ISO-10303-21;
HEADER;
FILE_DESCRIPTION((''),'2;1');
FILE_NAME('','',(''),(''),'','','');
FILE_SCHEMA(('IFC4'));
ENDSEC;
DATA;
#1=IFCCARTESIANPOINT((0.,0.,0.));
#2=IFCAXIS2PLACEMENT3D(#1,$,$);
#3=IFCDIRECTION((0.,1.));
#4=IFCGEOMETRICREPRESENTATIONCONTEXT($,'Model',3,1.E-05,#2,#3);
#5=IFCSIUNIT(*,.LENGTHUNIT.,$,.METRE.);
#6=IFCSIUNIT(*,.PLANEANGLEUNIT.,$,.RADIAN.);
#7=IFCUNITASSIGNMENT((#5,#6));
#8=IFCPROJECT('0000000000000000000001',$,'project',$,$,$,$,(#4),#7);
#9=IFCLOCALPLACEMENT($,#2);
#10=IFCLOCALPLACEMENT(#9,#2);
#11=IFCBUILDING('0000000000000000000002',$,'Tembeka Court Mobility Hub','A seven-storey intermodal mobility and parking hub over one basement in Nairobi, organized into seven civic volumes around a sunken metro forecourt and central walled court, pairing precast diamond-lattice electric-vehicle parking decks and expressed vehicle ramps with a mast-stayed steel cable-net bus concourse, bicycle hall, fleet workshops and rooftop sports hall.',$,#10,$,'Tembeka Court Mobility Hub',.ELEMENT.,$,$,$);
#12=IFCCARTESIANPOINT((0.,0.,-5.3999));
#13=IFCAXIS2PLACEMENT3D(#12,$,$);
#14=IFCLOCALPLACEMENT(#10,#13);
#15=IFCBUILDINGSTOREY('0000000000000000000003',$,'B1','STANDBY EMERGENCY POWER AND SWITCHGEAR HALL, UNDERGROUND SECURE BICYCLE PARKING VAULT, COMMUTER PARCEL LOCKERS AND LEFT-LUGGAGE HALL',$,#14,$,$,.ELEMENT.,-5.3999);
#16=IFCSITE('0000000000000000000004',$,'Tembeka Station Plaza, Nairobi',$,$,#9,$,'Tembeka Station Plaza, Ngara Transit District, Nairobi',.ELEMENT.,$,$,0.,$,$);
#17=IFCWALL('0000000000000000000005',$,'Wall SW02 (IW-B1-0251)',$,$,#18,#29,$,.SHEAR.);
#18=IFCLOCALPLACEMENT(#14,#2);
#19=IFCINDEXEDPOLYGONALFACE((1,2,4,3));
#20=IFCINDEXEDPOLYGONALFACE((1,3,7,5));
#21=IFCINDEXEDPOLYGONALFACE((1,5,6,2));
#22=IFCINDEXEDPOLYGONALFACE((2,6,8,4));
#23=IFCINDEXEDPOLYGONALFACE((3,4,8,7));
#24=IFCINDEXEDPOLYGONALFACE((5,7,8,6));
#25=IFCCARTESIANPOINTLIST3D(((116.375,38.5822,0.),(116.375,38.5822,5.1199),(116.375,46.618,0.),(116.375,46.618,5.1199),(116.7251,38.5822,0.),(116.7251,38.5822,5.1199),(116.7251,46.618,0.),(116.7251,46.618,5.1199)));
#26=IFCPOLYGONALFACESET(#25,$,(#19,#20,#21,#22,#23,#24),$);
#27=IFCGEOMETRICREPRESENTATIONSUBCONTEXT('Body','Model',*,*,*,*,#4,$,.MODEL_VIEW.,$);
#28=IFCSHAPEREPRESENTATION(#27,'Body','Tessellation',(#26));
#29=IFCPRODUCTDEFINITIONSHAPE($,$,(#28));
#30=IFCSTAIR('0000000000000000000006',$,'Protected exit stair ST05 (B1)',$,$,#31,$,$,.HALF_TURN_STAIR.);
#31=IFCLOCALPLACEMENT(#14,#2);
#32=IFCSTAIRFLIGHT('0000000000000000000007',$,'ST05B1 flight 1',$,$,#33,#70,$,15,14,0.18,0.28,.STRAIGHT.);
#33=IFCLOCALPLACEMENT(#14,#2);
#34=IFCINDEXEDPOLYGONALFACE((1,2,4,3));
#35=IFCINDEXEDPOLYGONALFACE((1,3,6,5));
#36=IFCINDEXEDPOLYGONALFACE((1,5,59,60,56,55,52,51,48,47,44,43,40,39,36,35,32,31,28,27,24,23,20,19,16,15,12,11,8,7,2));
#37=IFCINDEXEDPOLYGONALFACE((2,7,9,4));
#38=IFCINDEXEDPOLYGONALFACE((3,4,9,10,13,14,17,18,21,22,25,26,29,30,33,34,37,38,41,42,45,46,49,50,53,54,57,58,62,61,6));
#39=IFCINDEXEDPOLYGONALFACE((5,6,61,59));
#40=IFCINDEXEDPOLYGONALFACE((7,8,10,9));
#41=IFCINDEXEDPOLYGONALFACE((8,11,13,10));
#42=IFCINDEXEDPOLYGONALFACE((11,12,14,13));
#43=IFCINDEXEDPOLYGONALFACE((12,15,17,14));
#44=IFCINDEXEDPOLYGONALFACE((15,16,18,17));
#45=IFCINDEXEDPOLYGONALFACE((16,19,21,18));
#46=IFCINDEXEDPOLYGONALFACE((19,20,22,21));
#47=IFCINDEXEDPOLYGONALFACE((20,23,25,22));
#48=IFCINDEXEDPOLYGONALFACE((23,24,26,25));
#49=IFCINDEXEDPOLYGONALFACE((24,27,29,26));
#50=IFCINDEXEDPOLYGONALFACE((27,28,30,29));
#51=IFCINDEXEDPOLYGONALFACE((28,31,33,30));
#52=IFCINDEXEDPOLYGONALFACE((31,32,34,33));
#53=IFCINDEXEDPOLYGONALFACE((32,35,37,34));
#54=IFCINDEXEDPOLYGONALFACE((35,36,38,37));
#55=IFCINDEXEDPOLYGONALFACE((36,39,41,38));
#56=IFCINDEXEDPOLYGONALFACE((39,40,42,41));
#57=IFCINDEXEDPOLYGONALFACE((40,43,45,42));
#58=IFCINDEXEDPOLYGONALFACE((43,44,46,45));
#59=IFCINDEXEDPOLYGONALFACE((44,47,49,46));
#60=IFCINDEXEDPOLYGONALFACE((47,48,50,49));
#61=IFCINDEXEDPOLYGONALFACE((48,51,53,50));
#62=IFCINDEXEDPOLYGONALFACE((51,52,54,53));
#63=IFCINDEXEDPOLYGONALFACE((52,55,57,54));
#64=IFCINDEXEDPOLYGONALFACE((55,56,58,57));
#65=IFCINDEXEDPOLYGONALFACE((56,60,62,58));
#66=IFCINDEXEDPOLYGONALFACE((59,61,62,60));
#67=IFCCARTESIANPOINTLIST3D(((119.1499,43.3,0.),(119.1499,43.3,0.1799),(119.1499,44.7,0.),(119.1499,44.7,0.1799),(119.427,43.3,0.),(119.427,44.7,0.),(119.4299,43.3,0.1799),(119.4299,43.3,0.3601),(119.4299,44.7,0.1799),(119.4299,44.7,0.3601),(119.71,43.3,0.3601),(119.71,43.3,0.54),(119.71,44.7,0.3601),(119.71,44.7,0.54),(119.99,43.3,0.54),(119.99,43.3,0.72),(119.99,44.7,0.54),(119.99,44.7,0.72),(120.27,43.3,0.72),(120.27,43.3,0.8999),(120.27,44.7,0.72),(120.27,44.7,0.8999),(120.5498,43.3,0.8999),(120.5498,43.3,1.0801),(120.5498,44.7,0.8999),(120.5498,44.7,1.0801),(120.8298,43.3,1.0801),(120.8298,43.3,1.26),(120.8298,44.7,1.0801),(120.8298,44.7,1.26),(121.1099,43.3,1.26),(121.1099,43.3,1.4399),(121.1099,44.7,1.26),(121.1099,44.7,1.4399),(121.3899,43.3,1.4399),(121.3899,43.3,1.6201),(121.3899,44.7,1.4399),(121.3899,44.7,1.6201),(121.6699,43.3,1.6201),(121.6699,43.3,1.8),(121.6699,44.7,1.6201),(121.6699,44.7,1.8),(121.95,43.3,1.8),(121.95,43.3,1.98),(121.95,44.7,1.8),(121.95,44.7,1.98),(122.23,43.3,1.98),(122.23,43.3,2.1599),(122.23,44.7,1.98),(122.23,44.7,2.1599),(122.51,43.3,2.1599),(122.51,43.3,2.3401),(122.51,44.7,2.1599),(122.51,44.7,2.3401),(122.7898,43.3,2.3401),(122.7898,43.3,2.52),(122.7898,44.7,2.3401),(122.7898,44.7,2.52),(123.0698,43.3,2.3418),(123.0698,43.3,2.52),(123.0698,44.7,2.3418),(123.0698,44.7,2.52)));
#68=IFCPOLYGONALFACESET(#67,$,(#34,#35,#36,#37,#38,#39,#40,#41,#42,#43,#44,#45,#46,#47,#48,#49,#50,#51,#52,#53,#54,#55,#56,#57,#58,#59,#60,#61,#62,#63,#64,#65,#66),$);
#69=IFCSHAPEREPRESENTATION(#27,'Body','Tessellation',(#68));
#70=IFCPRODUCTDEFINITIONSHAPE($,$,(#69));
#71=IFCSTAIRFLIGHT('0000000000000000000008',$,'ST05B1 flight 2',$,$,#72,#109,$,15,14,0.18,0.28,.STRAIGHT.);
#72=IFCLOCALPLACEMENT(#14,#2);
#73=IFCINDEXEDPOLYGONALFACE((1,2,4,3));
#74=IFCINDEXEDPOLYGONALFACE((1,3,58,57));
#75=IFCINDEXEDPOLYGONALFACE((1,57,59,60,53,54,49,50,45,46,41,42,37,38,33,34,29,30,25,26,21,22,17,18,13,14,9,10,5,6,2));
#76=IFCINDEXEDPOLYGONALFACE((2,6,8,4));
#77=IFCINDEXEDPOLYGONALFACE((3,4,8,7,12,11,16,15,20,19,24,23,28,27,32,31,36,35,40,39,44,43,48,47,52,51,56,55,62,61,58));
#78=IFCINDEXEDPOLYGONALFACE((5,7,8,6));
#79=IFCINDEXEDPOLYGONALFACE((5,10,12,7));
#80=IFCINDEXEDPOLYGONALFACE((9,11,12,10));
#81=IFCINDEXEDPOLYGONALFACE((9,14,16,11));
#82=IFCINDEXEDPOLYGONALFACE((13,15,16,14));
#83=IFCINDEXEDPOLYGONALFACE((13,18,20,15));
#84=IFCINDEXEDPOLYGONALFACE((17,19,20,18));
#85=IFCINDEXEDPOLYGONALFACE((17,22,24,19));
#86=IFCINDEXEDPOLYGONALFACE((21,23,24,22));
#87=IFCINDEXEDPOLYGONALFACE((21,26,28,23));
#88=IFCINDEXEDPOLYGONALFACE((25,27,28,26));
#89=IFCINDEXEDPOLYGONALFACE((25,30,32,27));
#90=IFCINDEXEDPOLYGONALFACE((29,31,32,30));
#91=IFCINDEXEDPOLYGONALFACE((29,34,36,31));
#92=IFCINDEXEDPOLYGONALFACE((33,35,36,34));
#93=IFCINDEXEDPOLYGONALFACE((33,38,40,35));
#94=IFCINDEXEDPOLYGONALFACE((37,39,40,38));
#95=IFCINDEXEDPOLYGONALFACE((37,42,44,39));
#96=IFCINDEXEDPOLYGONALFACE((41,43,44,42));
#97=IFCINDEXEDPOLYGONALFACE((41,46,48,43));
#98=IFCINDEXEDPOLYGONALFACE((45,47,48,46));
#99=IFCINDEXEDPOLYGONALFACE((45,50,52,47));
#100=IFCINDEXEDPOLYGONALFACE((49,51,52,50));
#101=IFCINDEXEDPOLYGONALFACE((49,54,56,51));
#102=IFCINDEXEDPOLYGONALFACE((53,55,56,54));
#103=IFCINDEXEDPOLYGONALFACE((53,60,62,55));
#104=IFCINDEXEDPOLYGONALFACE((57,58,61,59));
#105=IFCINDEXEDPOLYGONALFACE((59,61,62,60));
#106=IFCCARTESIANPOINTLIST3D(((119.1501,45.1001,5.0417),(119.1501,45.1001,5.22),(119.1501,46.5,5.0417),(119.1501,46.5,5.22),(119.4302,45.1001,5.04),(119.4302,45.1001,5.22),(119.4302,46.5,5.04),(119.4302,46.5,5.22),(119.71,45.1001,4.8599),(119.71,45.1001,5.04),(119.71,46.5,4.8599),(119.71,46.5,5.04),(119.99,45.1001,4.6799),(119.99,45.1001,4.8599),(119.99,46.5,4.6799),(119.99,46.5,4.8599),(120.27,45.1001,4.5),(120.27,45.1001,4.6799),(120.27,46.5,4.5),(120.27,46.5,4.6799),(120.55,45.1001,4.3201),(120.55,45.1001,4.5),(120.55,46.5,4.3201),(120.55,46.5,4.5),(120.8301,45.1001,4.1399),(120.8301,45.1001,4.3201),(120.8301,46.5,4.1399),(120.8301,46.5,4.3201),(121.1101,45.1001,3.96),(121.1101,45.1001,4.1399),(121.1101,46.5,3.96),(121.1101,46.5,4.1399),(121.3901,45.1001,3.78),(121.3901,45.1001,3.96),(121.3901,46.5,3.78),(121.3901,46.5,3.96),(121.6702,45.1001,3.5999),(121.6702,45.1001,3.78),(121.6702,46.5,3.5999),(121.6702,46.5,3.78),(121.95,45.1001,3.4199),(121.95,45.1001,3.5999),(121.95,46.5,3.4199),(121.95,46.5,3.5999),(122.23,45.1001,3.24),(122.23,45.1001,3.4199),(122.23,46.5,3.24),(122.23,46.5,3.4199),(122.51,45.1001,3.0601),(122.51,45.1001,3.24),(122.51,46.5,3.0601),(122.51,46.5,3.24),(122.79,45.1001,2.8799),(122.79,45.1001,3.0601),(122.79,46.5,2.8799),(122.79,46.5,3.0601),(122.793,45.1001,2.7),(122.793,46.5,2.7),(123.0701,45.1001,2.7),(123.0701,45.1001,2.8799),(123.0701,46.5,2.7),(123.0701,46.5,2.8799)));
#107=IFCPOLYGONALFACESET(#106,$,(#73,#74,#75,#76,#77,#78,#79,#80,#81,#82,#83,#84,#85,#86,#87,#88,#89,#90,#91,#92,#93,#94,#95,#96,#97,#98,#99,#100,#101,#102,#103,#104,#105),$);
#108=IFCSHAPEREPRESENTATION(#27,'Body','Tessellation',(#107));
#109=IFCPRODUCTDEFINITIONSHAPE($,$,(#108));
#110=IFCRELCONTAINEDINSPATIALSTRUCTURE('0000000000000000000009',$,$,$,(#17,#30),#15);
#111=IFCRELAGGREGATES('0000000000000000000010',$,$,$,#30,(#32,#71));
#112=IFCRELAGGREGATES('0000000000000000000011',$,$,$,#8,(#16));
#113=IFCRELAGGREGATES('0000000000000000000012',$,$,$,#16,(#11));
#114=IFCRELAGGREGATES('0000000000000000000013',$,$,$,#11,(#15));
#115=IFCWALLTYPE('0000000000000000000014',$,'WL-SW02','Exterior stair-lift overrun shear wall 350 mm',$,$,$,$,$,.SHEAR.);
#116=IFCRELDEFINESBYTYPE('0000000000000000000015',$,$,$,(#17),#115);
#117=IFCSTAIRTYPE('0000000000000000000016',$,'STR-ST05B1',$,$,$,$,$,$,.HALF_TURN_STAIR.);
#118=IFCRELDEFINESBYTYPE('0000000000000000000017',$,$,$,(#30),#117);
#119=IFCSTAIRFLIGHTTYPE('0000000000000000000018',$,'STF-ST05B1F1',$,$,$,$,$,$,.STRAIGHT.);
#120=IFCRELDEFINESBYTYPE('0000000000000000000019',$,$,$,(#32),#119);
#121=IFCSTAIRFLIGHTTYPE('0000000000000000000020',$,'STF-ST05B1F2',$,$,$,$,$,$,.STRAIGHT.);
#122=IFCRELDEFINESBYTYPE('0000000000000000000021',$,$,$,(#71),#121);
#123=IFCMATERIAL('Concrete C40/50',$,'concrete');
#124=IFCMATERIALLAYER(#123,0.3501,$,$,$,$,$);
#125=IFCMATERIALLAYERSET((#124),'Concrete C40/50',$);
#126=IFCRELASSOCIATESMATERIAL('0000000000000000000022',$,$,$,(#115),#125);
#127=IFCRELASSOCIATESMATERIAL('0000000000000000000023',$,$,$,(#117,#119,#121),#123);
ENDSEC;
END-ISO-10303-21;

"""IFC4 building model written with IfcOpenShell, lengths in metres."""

from ifc_helpers import new_model, si_unit, direction, frame, frame_2d, origin, place, context, subcontext, project, spatial, polyline, rectangle, outline, extrude, material, layer, layer_set, type_object, element, aggregate, save


model = new_model("IFC4")

# Units and contexts
model_context = context("Model", 3, precision=1e-05, world=origin(), true_north=direction((0.0, 1.0)))
body_context = subcontext(model_context, "Body", "Model", "MODEL_VIEW")
ifc_project = project(units=[si_unit("LENGTHUNIT", "METRE"), si_unit("PLANEANGLEUNIT", "RADIAN")], contexts=[model_context])

# Site, building, storey
site_placement = place(None, origin())
site = spatial("IfcSite", under=ifc_project, at=site_placement, Name="Tembeka Station Plaza, Nairobi", LongName="Tembeka Station Plaza, Ngara Transit District, Nairobi", CompositionType="ELEMENT", RefElevation=0.0)
building_placement = place(site_placement, origin())
building = spatial("IfcBuilding", under=site, at=building_placement, Name="Tembeka Court Mobility Hub", Description="A seven-storey intermodal mobility and parking hub over one basement in Nairobi, organized into seven civic volumes around a sunken metro forecourt and central walled court, pairing precast diamond-lattice electric-vehicle parking decks and expressed vehicle ramps with a mast-stayed steel cable-net bus concourse, bicycle hall, fleet workshops and rooftop sports hall.", LongName="Tembeka Court Mobility Hub", CompositionType="ELEMENT")
storey_placement = place(building_placement, frame((0.0, 0.0, -5.3999)))
storey = spatial("IfcBuildingStorey", under=building, at=storey_placement, Name="B1", Description="STANDBY EMERGENCY POWER AND SWITCHGEAR HALL, UNDERGROUND SECURE BICYCLE PARKING VAULT, COMMUTER PARCEL LOCKERS AND LEFT-LUGGAGE HALL", CompositionType="ELEMENT", Elevation=-5.3999)

# Shared definitions
ifc_material_1 = material(Name="Concrete C40/50", Category="concrete")

# Wall
ifc_layer_1 = layer(ifc_material_1, 0.3501)
ifc_layer_set_1 = layer_set([ifc_layer_1], Name="Concrete C40/50")
wall_type_1 = type_object("IfcWallType", Name="WL-SW02", Description="Exterior stair-lift overrun shear wall 350 mm", PredefinedType="SHEAR", material=ifc_layer_set_1)
wall_1_placement = place(storey_placement, frame((116.55, 38.582, 0.0), z_axis=(0.0, 0.0, 1.0), x_axis=(0.0, 1.0, 0.0)))
element("IfcWall", 1, at=wall_1_placement, inside=storey, type_object=wall_type_1, Name="Wall SW02 (IW-B1-0251)", PredefinedType="SHEAR", context=body_context, shape_type="SweptSolid", body=[
    extrude(rectangle(XDim=8.0359, YDim=0.3501, at=frame_2d((4.0181, 0.0))), origin(), (0.0, 0.0, 1.0), 5.1199),
])

# Stair, stair flights
stair_type = type_object("IfcStairType", Name="STR-ST05B1", PredefinedType="HALF_TURN_STAIR", material=ifc_material_1)
stair_placement = place(storey_placement, origin())
stair = element("IfcStair", 2, at=stair_placement, inside=storey, type_object=stair_type, Name="Protected exit stair ST05 (B1)", PredefinedType="HALF_TURN_STAIR")
stair_flight_type_1 = type_object("IfcStairFlightType", Name="STF-ST05B1F1", PredefinedType="STRAIGHT", material=ifc_material_1)
stair_flight_1_placement = place(storey_placement, frame((119.1499, 44.0, 0.0), z_axis=(0.0, 0.0, 1.0), x_axis=(1.0, 0.0, 0.0)))
stair_flight_1 = element("IfcStairFlight", 3, at=stair_flight_1_placement, type_object=stair_flight_type_1, Name="ST05B1 flight 1", NumberOfRisers=15, NumberOfTreads=14, PredefinedType="STRAIGHT", RiserHeight=0.18, TreadLength=0.28, context=body_context, shape_type="SweptSolid", body=[
    extrude(outline(polyline([(0.0, 0.0), (0.0, 0.1799), (0.28, 0.1799), (0.28, 0.3601), (0.5601, 0.3601), (0.5601, 0.54), (0.8401, 0.54), (0.8401, 0.72), (1.1201, 0.72), (1.1201, 0.8999), (1.3999, 0.8999), (1.3999, 1.0801), (1.6799, 1.0801), (1.6799, 1.26), (1.96, 1.26), (1.96, 1.4399), (2.24, 1.4399), (2.24, 1.6201), (2.52, 1.6201), (2.52, 1.8), (2.8, 1.8), (2.8, 1.98), (3.0801, 1.98), (3.0801, 2.1599), (3.3601, 2.1599), (3.3601, 2.3401), (3.6399, 2.3401), (3.6399, 2.52), (3.9199, 2.52), (3.9199, 2.7), (3.9199, 2.3418), (0.2771, 0.0), (0.0, 0.0)])), frame((0.0, 0.7, 0.0), z_axis=(0.0, -1.0, 0.0), x_axis=(1.0, 0.0, 0.0)), (0.0, 0.0, 1.0), 1.3999),
])
stair_flight_type_2 = type_object("IfcStairFlightType", Name="STF-ST05B1F2", PredefinedType="STRAIGHT", material=ifc_material_1)
stair_flight_2_placement = place(storey_placement, frame((123.0701, 45.8, 2.7), z_axis=(0.0, 0.0, 1.0), x_axis=(-1.0, 0.0, 0.0)))
stair_flight_2 = element("IfcStairFlight", 4, at=stair_flight_2_placement, type_object=stair_flight_type_2, Name="ST05B1 flight 2", NumberOfRisers=15, NumberOfTreads=14, PredefinedType="STRAIGHT", RiserHeight=0.18, TreadLength=0.28, context=body_context, shape_type="SweptSolid", body=[
    extrude(outline(polyline([(0.0, 0.0), (0.0, 0.1799), (0.28, 0.1799), (0.28, 0.3601), (0.5601, 0.3601), (0.5601, 0.54), (0.8401, 0.54), (0.8401, 0.72), (1.1201, 0.72), (1.1201, 0.8999), (1.3999, 0.8999), (1.3999, 1.0801), (1.6799, 1.0801), (1.6799, 1.26), (1.96, 1.26), (1.96, 1.4399), (2.24, 1.4399), (2.24, 1.6201), (2.52, 1.6201), (2.52, 1.8), (2.8, 1.8), (2.8, 1.98), (3.0801, 1.98), (3.0801, 2.1599), (3.3601, 2.1599), (3.3601, 2.3401), (3.6399, 2.3401), (3.6399, 2.52), (3.9199, 2.52), (3.9199, 2.7), (3.9199, 2.3418), (0.2771, 0.0), (0.0, 0.0)])), frame((0.0, 0.7, 0.0), z_axis=(0.0, -1.0, 0.0), x_axis=(1.0, 0.0, 0.0)), (0.0, 0.0, 1.0), 1.3999),
])
aggregate(stair, [stair_flight_1, stair_flight_2])

save(model, "model.ifc")
